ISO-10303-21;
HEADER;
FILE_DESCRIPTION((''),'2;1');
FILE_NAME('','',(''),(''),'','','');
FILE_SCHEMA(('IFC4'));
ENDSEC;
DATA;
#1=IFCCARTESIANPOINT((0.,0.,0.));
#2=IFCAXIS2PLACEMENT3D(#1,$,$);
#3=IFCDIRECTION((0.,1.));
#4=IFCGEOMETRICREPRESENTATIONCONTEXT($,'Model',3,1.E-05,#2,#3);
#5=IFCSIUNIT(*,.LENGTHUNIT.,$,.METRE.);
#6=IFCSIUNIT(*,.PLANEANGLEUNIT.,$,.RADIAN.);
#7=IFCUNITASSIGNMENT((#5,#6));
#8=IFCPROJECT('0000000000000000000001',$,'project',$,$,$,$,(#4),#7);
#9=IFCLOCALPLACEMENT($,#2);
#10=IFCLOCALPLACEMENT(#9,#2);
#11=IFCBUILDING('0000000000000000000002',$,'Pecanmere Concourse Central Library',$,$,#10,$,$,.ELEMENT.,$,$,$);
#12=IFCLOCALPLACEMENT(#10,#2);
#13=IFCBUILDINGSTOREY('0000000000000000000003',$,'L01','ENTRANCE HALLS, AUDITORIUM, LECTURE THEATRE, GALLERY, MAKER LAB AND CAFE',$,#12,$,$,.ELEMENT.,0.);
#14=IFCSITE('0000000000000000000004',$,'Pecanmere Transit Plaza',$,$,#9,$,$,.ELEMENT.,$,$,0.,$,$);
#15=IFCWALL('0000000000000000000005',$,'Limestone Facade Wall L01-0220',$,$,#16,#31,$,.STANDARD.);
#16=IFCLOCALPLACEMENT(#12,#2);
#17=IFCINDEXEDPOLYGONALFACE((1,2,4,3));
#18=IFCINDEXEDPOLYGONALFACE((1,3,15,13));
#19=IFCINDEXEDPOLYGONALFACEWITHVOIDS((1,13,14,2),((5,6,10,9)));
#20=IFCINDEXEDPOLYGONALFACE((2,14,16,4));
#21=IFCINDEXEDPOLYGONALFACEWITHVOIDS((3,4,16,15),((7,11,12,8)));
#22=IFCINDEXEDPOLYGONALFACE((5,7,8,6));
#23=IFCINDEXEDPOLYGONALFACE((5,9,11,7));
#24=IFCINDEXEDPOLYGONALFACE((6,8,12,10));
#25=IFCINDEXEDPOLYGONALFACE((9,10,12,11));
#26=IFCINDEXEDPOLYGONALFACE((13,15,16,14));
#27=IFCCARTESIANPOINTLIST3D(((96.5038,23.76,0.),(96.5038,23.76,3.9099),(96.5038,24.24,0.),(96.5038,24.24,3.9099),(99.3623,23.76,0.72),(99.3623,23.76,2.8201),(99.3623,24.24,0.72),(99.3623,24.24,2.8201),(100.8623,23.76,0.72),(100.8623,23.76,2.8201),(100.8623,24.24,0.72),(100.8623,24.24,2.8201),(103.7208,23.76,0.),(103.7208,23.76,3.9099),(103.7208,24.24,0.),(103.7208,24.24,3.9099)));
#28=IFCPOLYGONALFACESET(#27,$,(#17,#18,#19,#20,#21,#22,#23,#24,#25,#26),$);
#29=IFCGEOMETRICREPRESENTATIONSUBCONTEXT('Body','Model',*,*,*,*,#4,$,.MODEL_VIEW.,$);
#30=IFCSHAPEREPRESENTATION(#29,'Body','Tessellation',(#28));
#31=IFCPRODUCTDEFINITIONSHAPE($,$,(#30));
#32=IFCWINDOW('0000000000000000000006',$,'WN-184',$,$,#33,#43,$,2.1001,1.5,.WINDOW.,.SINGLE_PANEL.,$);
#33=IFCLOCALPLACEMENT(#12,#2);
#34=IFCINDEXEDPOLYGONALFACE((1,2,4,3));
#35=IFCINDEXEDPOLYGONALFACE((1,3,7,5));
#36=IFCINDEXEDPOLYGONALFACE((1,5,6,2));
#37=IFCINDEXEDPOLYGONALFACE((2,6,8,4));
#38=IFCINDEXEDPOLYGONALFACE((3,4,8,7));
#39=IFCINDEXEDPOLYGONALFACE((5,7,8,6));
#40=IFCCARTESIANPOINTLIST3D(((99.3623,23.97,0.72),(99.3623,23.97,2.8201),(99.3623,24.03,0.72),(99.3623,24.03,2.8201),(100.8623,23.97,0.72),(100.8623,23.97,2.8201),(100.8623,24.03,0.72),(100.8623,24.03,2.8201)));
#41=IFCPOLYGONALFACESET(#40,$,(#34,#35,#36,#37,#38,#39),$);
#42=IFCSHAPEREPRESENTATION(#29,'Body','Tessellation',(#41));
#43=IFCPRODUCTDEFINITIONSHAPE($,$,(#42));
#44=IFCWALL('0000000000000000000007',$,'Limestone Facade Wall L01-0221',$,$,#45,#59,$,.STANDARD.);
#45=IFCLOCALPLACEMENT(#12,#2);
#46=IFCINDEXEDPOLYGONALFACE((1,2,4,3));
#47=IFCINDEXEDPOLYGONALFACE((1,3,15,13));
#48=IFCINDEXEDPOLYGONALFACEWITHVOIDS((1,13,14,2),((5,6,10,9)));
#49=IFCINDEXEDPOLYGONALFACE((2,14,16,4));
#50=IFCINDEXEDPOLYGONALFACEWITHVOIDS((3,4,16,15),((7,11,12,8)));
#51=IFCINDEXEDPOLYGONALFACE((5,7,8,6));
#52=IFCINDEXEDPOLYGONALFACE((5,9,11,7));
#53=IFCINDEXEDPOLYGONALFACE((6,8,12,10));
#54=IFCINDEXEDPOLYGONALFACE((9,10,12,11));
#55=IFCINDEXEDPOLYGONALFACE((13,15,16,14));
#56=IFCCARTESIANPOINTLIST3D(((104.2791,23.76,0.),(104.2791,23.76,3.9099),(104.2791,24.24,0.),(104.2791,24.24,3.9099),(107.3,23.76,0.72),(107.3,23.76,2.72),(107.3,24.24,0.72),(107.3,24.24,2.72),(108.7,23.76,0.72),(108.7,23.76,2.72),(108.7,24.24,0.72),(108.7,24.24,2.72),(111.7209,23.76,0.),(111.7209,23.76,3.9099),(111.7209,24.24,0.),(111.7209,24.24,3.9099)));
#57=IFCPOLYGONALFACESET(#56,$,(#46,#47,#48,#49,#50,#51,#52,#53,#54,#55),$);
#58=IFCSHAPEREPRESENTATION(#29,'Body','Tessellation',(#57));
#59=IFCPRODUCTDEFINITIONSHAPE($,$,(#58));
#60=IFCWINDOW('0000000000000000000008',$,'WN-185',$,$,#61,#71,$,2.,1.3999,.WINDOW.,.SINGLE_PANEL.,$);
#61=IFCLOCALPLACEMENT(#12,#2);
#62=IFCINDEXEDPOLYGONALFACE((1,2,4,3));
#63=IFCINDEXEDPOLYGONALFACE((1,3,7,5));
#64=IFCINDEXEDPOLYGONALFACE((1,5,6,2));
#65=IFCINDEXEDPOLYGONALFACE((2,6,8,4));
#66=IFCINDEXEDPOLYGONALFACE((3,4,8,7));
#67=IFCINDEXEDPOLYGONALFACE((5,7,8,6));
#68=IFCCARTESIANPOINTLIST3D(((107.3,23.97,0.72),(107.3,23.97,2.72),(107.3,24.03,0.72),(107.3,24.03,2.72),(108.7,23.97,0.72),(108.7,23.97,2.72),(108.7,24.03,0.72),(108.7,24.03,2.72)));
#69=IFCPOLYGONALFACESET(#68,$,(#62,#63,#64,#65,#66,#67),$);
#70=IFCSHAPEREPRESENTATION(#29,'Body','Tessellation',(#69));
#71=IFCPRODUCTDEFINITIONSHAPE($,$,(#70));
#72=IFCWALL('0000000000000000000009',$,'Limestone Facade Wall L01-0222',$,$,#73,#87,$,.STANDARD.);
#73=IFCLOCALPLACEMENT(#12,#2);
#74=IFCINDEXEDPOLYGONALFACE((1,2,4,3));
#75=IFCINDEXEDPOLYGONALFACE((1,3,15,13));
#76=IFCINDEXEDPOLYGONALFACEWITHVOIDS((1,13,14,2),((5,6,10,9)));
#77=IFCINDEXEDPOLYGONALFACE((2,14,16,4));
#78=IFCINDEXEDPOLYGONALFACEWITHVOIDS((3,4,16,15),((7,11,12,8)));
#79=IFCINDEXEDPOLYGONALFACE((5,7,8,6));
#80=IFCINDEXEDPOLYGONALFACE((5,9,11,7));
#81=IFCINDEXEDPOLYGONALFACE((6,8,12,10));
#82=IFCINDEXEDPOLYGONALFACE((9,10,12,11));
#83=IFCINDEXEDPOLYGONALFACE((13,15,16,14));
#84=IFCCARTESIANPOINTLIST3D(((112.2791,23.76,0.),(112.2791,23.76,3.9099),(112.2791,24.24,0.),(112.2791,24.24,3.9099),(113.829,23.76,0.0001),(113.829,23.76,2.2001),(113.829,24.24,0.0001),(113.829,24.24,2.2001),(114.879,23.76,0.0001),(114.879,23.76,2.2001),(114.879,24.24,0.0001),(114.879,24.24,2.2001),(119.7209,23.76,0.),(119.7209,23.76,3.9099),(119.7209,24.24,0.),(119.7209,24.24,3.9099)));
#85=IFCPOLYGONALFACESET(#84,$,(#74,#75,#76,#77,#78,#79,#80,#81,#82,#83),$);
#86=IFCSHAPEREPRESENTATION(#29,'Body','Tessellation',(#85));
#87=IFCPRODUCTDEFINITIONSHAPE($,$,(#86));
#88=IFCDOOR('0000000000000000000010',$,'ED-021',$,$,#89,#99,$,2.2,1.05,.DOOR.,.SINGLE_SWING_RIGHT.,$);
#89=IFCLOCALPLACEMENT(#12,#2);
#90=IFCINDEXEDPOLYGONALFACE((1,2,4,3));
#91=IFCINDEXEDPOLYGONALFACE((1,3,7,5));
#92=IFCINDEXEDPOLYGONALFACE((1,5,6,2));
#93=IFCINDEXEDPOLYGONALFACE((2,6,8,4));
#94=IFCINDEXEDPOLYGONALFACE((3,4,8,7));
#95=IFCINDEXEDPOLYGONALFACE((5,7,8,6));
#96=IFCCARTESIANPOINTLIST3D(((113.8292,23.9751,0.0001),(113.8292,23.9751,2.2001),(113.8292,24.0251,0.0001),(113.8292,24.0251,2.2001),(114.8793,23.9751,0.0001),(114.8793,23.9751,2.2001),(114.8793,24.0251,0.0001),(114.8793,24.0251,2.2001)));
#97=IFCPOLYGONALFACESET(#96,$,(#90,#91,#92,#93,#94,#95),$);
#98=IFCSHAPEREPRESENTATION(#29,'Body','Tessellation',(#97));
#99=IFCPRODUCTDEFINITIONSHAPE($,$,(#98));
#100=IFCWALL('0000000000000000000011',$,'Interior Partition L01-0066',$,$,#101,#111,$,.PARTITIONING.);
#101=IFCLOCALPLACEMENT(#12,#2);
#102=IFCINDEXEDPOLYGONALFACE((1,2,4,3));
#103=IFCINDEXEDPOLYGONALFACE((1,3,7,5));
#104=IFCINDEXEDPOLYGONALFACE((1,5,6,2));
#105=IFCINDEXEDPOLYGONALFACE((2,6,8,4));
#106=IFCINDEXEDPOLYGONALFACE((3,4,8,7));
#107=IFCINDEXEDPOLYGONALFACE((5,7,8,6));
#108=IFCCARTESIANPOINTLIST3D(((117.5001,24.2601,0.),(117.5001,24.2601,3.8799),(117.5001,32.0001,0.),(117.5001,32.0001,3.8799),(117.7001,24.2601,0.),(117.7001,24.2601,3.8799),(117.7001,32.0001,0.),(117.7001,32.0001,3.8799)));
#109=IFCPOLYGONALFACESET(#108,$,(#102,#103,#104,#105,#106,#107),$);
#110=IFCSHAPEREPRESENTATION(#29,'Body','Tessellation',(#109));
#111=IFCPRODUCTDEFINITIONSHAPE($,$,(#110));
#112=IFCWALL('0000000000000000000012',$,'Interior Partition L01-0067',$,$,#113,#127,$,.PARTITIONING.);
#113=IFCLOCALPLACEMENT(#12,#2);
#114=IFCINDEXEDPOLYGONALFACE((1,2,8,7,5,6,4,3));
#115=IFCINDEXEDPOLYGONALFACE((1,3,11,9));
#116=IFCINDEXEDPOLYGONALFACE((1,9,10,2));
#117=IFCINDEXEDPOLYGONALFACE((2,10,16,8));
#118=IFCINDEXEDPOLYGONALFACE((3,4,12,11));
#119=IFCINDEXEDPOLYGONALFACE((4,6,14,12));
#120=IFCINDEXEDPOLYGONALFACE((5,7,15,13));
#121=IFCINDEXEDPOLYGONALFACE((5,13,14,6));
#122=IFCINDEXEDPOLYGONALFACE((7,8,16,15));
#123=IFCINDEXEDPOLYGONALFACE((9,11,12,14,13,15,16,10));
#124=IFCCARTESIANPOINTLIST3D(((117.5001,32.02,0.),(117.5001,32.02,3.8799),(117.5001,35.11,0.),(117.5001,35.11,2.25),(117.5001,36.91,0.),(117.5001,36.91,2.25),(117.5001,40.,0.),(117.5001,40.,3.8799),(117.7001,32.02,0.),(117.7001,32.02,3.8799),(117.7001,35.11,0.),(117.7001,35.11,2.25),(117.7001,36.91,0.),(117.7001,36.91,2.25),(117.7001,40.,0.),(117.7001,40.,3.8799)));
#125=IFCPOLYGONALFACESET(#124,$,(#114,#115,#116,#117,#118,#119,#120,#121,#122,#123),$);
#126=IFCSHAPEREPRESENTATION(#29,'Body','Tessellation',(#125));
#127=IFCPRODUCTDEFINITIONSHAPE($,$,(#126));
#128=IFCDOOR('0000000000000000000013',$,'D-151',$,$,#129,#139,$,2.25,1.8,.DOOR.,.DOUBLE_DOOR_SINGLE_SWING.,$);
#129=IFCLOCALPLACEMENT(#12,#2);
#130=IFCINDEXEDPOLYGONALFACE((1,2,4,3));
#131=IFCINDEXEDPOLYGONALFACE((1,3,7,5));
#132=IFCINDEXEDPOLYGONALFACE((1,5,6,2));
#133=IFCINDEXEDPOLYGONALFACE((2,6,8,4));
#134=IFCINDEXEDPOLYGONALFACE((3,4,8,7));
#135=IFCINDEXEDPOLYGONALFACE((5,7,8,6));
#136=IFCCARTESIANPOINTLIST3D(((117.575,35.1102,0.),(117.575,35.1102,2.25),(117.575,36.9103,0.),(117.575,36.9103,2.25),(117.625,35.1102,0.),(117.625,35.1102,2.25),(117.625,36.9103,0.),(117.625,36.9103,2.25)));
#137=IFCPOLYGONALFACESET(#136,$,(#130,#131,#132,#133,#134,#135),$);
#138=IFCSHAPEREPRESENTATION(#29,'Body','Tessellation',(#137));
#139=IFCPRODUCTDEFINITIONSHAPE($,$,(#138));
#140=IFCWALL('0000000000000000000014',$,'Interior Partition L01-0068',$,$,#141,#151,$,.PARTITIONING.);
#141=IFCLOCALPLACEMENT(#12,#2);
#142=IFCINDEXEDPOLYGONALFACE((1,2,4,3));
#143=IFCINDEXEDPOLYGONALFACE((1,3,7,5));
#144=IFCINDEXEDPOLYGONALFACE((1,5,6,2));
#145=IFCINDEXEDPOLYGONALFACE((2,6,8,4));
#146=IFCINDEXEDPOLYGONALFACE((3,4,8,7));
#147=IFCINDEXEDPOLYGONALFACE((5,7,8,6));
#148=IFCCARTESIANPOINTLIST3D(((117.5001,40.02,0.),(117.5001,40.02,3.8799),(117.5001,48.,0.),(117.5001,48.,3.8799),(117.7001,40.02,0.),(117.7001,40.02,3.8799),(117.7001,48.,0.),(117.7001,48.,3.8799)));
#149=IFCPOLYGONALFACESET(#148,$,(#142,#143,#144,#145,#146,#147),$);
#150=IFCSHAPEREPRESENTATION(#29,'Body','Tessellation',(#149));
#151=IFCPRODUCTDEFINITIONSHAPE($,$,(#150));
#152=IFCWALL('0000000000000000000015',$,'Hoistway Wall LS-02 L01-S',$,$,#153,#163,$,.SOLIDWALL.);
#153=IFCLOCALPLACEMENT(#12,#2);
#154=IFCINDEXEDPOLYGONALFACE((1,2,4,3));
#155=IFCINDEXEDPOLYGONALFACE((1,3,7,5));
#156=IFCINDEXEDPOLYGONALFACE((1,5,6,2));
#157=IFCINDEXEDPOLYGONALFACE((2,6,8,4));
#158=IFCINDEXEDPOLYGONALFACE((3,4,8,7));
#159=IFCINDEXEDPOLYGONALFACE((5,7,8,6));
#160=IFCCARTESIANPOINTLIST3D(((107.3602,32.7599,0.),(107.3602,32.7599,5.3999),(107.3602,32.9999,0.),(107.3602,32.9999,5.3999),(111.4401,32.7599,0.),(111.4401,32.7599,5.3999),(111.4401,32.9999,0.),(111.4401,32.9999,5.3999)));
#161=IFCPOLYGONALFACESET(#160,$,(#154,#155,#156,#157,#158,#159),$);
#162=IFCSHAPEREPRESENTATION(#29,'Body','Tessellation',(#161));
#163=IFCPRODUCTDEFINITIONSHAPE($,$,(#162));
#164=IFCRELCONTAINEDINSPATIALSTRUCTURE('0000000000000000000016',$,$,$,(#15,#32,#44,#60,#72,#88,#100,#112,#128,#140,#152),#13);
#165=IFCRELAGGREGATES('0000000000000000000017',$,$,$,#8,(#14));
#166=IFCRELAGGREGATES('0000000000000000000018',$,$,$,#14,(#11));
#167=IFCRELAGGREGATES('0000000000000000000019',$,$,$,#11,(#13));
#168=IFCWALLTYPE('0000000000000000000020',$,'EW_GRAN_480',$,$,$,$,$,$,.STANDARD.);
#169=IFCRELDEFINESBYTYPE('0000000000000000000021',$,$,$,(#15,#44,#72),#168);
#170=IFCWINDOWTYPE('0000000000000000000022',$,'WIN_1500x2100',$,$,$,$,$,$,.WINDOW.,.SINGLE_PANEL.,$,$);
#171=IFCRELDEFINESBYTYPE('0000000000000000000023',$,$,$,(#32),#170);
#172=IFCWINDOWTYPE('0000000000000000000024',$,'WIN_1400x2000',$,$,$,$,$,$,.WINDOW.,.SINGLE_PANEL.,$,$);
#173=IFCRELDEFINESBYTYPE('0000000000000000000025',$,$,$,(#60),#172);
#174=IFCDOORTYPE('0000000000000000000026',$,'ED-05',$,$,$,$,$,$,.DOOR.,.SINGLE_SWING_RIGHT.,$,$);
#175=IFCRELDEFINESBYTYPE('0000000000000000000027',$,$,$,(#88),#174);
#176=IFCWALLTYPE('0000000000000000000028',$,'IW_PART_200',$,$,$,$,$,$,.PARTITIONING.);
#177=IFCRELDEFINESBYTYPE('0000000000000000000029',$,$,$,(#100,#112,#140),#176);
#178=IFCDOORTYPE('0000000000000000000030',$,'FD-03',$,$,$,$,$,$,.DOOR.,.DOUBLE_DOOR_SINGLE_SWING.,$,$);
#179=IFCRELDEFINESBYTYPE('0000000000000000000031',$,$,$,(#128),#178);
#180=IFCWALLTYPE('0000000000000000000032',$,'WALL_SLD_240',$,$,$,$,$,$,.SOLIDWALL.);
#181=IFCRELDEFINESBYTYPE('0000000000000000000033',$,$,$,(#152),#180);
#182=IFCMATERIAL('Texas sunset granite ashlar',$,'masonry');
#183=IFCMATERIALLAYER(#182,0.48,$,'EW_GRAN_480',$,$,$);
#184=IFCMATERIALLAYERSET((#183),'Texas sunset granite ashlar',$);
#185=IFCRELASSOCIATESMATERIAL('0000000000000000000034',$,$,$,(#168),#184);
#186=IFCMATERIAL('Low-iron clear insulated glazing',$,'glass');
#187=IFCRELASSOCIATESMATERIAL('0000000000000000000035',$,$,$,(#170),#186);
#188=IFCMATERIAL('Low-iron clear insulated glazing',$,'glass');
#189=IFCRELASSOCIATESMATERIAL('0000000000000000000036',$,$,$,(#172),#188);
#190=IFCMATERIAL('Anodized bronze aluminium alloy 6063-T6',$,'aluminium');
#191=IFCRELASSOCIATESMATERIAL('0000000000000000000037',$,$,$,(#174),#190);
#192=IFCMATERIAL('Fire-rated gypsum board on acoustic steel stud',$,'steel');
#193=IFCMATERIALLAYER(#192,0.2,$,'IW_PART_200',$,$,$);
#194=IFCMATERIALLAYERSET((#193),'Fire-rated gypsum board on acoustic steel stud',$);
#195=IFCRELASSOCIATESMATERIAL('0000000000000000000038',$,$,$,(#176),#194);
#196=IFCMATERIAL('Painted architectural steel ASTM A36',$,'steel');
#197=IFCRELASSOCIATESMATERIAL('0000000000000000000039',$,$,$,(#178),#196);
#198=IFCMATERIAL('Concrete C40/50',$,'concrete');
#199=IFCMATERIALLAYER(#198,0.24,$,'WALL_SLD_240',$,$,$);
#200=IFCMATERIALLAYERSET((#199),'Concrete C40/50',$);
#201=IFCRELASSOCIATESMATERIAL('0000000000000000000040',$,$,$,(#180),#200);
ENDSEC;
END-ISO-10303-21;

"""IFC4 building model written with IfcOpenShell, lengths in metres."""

from ifc_helpers import new_model, si_unit, direction, frame, frame_2d, origin, place, context, subcontext, project, spatial, rectangle, extrude, material, layer, layer_set, type_object, element, fill, save


model = new_model("IFC4")

# Units and contexts
model_context = context("Model", 3, precision=1e-05, world=origin(), true_north=direction((0.0, 1.0)))
body_context = subcontext(model_context, "Body", "Model", "MODEL_VIEW")
ifc_project = project(units=[si_unit("LENGTHUNIT", "METRE"), si_unit("PLANEANGLEUNIT", "RADIAN")], contexts=[model_context])

# Site, building, storey
site_placement = place(None, origin())
site = spatial("IfcSite", under=ifc_project, at=site_placement, Name="Pecanmere Transit Plaza", CompositionType="ELEMENT", RefElevation=0.0)
building_placement = place(site_placement, origin())
building = spatial("IfcBuilding", under=site, at=building_placement, Name="Pecanmere Concourse Central Library", CompositionType="ELEMENT")
storey_placement = place(building_placement, origin())
storey = spatial("IfcBuildingStorey", under=building, at=storey_placement, Name="L01", Description="ENTRANCE HALLS, AUDITORIUM, LECTURE THEATRE, GALLERY, MAKER LAB AND CAFE", CompositionType="ELEMENT", Elevation=0.0)

# Walls, openings, windows
ifc_material_1 = material(Name="Texas sunset granite ashlar", Category="masonry")
ifc_layer_1 = layer(ifc_material_1, 0.48, Name="EW_GRAN_480")
ifc_layer_set_1 = layer_set([ifc_layer_1], Name="Texas sunset granite ashlar")
wall_type_1 = type_object("IfcWallType", Name="EW_GRAN_480", PredefinedType="STANDARD", material=ifc_layer_set_1)
wall_1_placement = place(storey_placement, frame((96.5039, 24.0, 0.0), z_axis=(0.0, 0.0, 1.0), x_axis=(1.0, 0.0, 0.0)))
wall_1 = element("IfcWall", 1, at=wall_1_placement, inside=storey, type_object=wall_type_1, Name="Limestone Facade Wall L01-0220", PredefinedType="STANDARD", context=body_context, shape_type="SweptSolid", body=[
    extrude(rectangle(XDim=7.217, YDim=0.48, at=frame_2d((3.6084, 0.0))), origin(), (0.0, 0.0, 1.0), 3.9099),
])
opening_1_placement = place(wall_1_placement, frame((2.8584, 0.0, 0.72)))
opening_1 = element("IfcOpeningElement", 2, at=opening_1_placement, cuts=wall_1, PredefinedType="OPENING", context=body_context, shape_type="SweptSolid", body=[
    extrude(rectangle(XDim=1.5, YDim=2.1001, at=frame_2d((0.75, 1.05))), frame((0.0, 0.252, 0.0), z_axis=(0.0, -1.0, 0.0), x_axis=(1.0, 0.0, 0.0)), (0.0, 0.0, 1.0), 0.5039),
])
ifc_material_2 = material(Name="Low-iron clear insulated glazing", Category="glass")
window_type_1 = type_object("IfcWindowType", Name="WIN_1500x2100", PartitioningType="SINGLE_PANEL", PredefinedType="WINDOW", material=ifc_material_2)
window_1_placement = place(opening_1_placement, origin())
window_1 = element("IfcWindow", 3, at=window_1_placement, inside=storey, type_object=window_type_1, Name="WN-184", OverallHeight=2.1001, OverallWidth=1.5, PartitioningType="SINGLE_PANEL", PredefinedType="WINDOW", context=body_context, shape_type="SweptSolid", body=[
    extrude(rectangle(XDim=1.5, YDim=2.1001, at=frame_2d((0.75, 1.05))), frame((0.0, 0.03, 0.0), z_axis=(0.0, -1.0, 0.0), x_axis=(1.0, 0.0, 0.0)), (0.0, 0.0, 1.0), 0.0601),
])
fill(opening_1, window_1)
wall_2_placement = place(storey_placement, frame((104.2791, 24.0, 0.0), z_axis=(0.0, 0.0, 1.0), x_axis=(1.0, 0.0, 0.0)))
wall_2 = element("IfcWall", 4, at=wall_2_placement, inside=storey, type_object=wall_type_1, Name="Limestone Facade Wall L01-0221", PredefinedType="STANDARD", context=body_context, shape_type="SweptSolid", body=[
    extrude(rectangle(XDim=7.4419, YDim=0.48, at=frame_2d((3.7209, 0.0))), origin(), (0.0, 0.0, 1.0), 3.9099),
])
opening_2_placement = place(wall_2_placement, frame((3.021, 0.0, 0.72)))
opening_2 = element("IfcOpeningElement", 5, at=opening_2_placement, cuts=wall_2, PredefinedType="OPENING", context=body_context, shape_type="SweptSolid", body=[
    extrude(rectangle(XDim=1.3999, YDim=2.0, at=frame_2d((0.7, 1.0))), frame((0.0, 0.252, 0.0), z_axis=(0.0, -1.0, 0.0), x_axis=(1.0, 0.0, 0.0)), (0.0, 0.0, 1.0), 0.5039),
])
ifc_material_3 = material(Name="Low-iron clear insulated glazing", Category="glass")
window_type_2 = type_object("IfcWindowType", Name="WIN_1400x2000", PartitioningType="SINGLE_PANEL", PredefinedType="WINDOW", material=ifc_material_3)
window_2_placement = place(opening_2_placement, origin())
window_2 = element("IfcWindow", 6, at=window_2_placement, inside=storey, type_object=window_type_2, Name="WN-185", OverallHeight=2.0, OverallWidth=1.3999, PartitioningType="SINGLE_PANEL", PredefinedType="WINDOW", context=body_context, shape_type="SweptSolid", body=[
    extrude(rectangle(XDim=1.3999, YDim=2.0, at=frame_2d((0.7, 1.0))), frame((0.0, 0.03, 0.0), z_axis=(0.0, -1.0, 0.0), x_axis=(1.0, 0.0, 0.0)), (0.0, 0.0, 1.0), 0.0601),
])
fill(opening_2, window_2)

# Wall, opening, door
wall_3_placement = place(storey_placement, frame((112.2791, 24.0, 0.0), z_axis=(0.0, 0.0, 1.0), x_axis=(1.0, 0.0, 0.0)))
wall_3 = element("IfcWall", 7, at=wall_3_placement, inside=storey, type_object=wall_type_1, Name="Limestone Facade Wall L01-0222", PredefinedType="STANDARD", context=body_context, shape_type="SweptSolid", body=[
    extrude(rectangle(XDim=7.4419, YDim=0.48, at=frame_2d((3.7209, 0.0))), origin(), (0.0, 0.0, 1.0), 3.9099),
])
opening_3_placement = place(wall_3_placement, frame((1.55, 0.0, 0.0)))
opening_3 = element("IfcOpeningElement", 8, at=opening_3_placement, cuts=wall_3, PredefinedType="OPENING", context=body_context, shape_type="SweptSolid", body=[
    extrude(rectangle(XDim=1.05, YDim=2.2, at=frame_2d((0.5249, 1.1001))), frame((0.0, 0.252, 0.0), z_axis=(0.0, -1.0, 0.0), x_axis=(1.0, 0.0, 0.0)), (0.0, 0.0, 1.0), 0.5039),
])
ifc_material_4 = material(Name="Anodized bronze aluminium alloy 6063-T6", Category="aluminium")
door_type_1 = type_object("IfcDoorType", Name="ED-05", OperationType="SINGLE_SWING_RIGHT", PredefinedType="DOOR", material=ifc_material_4)
door_1_placement = place(opening_3_placement, frame((1.05, 0.0, 0.0), z_axis=(0.0, 0.0, 1.0), x_axis=(-1.0, 0.0, 0.0)))
door_1 = element("IfcDoor", 9, at=door_1_placement, inside=storey, type_object=door_type_1, Name="ED-021", OperationType="SINGLE_SWING_RIGHT", OverallHeight=2.2, OverallWidth=1.05, PredefinedType="DOOR", context=body_context, shape_type="SweptSolid", body=[
    extrude(rectangle(XDim=1.05, YDim=2.2, at=frame_2d((0.5249, 1.1001))), frame((0.0, 0.0249, 0.0), z_axis=(0.0, -1.0, 0.0), x_axis=(1.0, 0.0, 0.0)), (0.0, 0.0, 1.0), 0.05),
])
fill(opening_3, door_1)

# Wall
ifc_material_5 = material(Name="Fire-rated gypsum board on acoustic steel stud", Category="steel")
ifc_layer_2 = layer(ifc_material_5, 0.2, Name="IW_PART_200")
ifc_layer_set_2 = layer_set([ifc_layer_2], Name="Fire-rated gypsum board on acoustic steel stud")
wall_type_2 = type_object("IfcWallType", Name="IW_PART_200", PredefinedType="PARTITIONING", material=ifc_layer_set_2)
wall_4_placement = place(storey_placement, frame((117.6001, 24.26, 0.0), z_axis=(0.0, 0.0, 1.0), x_axis=(0.0, 1.0, 0.0)))
element("IfcWall", 10, at=wall_4_placement, inside=storey, type_object=wall_type_2, Name="Interior Partition L01-0066", PredefinedType="PARTITIONING", context=body_context, shape_type="SweptSolid", body=[
    extrude(rectangle(XDim=7.74, YDim=0.2, at=frame_2d((3.8701, 0.0))), origin(), (0.0, 0.0, 1.0), 3.8799),
])

# Wall, opening, door
wall_5_placement = place(storey_placement, frame((117.6001, 32.02, 0.0), z_axis=(0.0, 0.0, 1.0), x_axis=(0.0, 1.0, 0.0)))
wall_5 = element("IfcWall", 11, at=wall_5_placement, inside=storey, type_object=wall_type_2, Name="Interior Partition L01-0067", PredefinedType="PARTITIONING", context=body_context, shape_type="SweptSolid", body=[
    extrude(rectangle(XDim=7.98, YDim=0.2, at=frame_2d((3.99, 0.0))), origin(), (0.0, 0.0, 1.0), 3.8799),
])
opening_4_placement = place(wall_5_placement, frame((3.0901, 0.0, 0.0)))
opening_4 = element("IfcOpeningElement", 12, at=opening_4_placement, cuts=wall_5, PredefinedType="OPENING", context=body_context, shape_type="SweptSolid", body=[
    extrude(rectangle(XDim=1.8, YDim=2.25, at=frame_2d((0.8999, 1.125))), frame((0.0, 0.1118, 0.0), z_axis=(0.0, -1.0, 0.0), x_axis=(1.0, 0.0, 0.0)), (0.0, 0.0, 1.0), 0.2239),
])
ifc_material_6 = material(Name="Painted architectural steel ASTM A36", Category="steel")
door_type_2 = type_object("IfcDoorType", Name="FD-03", OperationType="DOUBLE_DOOR_SINGLE_SWING", PredefinedType="DOOR", material=ifc_material_6)
door_2_placement = place(opening_4_placement, frame((1.8, 0.0, 0.0), z_axis=(0.0, 0.0, 1.0), x_axis=(-1.0, 0.0, 0.0)))
door_2 = element("IfcDoor", 13, at=door_2_placement, inside=storey, type_object=door_type_2, Name="D-151", OperationType="DOUBLE_DOOR_SINGLE_SWING", OverallHeight=2.25, OverallWidth=1.8, PredefinedType="DOOR", context=body_context, shape_type="SweptSolid", body=[
    extrude(rectangle(XDim=1.8, YDim=2.25, at=frame_2d((0.8999, 1.125))), frame((0.0, 0.0249, 0.0), z_axis=(0.0, -1.0, 0.0), x_axis=(1.0, 0.0, 0.0)), (0.0, 0.0, 1.0), 0.05),
])
fill(opening_4, door_2)

# Walls
wall_6_placement = place(storey_placement, frame((117.6001, 40.02, 0.0), z_axis=(0.0, 0.0, 1.0), x_axis=(0.0, 1.0, 0.0)))
element("IfcWall", 14, at=wall_6_placement, inside=storey, type_object=wall_type_2, Name="Interior Partition L01-0068", PredefinedType="PARTITIONING", context=body_context, shape_type="SweptSolid", body=[
    extrude(rectangle(XDim=7.98, YDim=0.2, at=frame_2d((3.99, 0.0))), origin(), (0.0, 0.0, 1.0), 3.8799),
])
ifc_material_7 = material(Name="Concrete C40/50", Category="concrete")
ifc_layer_3 = layer(ifc_material_7, 0.24, Name="WALL_SLD_240")
ifc_layer_set_3 = layer_set([ifc_layer_3], Name="Concrete C40/50")
wall_type_3 = type_object("IfcWallType", Name="WALL_SLD_240", PredefinedType="SOLIDWALL", material=ifc_layer_set_3)
for number, where, z_axis, x_axis, name in (
    (15, (107.3601, 32.8799, 0.0), (0.0, 0.0, 1.0), (1.0, 0.0, 0.0), "Hoistway Wall LS-02 L01-S"),
):
    element("IfcWall", number, at=place(storey_placement, frame(where, z_axis=z_axis, x_axis=x_axis)), inside=storey, type_object=wall_type_3, Name=name, PredefinedType="SOLIDWALL", context=body_context, shape_type="SweptSolid", body=[
        extrude(rectangle(XDim=4.0798, YDim=0.24, at=frame_2d((2.04, 0.0))), origin(), (0.0, 0.0, 1.0), 5.3999),
    ])

save(model, "model.ifc")
